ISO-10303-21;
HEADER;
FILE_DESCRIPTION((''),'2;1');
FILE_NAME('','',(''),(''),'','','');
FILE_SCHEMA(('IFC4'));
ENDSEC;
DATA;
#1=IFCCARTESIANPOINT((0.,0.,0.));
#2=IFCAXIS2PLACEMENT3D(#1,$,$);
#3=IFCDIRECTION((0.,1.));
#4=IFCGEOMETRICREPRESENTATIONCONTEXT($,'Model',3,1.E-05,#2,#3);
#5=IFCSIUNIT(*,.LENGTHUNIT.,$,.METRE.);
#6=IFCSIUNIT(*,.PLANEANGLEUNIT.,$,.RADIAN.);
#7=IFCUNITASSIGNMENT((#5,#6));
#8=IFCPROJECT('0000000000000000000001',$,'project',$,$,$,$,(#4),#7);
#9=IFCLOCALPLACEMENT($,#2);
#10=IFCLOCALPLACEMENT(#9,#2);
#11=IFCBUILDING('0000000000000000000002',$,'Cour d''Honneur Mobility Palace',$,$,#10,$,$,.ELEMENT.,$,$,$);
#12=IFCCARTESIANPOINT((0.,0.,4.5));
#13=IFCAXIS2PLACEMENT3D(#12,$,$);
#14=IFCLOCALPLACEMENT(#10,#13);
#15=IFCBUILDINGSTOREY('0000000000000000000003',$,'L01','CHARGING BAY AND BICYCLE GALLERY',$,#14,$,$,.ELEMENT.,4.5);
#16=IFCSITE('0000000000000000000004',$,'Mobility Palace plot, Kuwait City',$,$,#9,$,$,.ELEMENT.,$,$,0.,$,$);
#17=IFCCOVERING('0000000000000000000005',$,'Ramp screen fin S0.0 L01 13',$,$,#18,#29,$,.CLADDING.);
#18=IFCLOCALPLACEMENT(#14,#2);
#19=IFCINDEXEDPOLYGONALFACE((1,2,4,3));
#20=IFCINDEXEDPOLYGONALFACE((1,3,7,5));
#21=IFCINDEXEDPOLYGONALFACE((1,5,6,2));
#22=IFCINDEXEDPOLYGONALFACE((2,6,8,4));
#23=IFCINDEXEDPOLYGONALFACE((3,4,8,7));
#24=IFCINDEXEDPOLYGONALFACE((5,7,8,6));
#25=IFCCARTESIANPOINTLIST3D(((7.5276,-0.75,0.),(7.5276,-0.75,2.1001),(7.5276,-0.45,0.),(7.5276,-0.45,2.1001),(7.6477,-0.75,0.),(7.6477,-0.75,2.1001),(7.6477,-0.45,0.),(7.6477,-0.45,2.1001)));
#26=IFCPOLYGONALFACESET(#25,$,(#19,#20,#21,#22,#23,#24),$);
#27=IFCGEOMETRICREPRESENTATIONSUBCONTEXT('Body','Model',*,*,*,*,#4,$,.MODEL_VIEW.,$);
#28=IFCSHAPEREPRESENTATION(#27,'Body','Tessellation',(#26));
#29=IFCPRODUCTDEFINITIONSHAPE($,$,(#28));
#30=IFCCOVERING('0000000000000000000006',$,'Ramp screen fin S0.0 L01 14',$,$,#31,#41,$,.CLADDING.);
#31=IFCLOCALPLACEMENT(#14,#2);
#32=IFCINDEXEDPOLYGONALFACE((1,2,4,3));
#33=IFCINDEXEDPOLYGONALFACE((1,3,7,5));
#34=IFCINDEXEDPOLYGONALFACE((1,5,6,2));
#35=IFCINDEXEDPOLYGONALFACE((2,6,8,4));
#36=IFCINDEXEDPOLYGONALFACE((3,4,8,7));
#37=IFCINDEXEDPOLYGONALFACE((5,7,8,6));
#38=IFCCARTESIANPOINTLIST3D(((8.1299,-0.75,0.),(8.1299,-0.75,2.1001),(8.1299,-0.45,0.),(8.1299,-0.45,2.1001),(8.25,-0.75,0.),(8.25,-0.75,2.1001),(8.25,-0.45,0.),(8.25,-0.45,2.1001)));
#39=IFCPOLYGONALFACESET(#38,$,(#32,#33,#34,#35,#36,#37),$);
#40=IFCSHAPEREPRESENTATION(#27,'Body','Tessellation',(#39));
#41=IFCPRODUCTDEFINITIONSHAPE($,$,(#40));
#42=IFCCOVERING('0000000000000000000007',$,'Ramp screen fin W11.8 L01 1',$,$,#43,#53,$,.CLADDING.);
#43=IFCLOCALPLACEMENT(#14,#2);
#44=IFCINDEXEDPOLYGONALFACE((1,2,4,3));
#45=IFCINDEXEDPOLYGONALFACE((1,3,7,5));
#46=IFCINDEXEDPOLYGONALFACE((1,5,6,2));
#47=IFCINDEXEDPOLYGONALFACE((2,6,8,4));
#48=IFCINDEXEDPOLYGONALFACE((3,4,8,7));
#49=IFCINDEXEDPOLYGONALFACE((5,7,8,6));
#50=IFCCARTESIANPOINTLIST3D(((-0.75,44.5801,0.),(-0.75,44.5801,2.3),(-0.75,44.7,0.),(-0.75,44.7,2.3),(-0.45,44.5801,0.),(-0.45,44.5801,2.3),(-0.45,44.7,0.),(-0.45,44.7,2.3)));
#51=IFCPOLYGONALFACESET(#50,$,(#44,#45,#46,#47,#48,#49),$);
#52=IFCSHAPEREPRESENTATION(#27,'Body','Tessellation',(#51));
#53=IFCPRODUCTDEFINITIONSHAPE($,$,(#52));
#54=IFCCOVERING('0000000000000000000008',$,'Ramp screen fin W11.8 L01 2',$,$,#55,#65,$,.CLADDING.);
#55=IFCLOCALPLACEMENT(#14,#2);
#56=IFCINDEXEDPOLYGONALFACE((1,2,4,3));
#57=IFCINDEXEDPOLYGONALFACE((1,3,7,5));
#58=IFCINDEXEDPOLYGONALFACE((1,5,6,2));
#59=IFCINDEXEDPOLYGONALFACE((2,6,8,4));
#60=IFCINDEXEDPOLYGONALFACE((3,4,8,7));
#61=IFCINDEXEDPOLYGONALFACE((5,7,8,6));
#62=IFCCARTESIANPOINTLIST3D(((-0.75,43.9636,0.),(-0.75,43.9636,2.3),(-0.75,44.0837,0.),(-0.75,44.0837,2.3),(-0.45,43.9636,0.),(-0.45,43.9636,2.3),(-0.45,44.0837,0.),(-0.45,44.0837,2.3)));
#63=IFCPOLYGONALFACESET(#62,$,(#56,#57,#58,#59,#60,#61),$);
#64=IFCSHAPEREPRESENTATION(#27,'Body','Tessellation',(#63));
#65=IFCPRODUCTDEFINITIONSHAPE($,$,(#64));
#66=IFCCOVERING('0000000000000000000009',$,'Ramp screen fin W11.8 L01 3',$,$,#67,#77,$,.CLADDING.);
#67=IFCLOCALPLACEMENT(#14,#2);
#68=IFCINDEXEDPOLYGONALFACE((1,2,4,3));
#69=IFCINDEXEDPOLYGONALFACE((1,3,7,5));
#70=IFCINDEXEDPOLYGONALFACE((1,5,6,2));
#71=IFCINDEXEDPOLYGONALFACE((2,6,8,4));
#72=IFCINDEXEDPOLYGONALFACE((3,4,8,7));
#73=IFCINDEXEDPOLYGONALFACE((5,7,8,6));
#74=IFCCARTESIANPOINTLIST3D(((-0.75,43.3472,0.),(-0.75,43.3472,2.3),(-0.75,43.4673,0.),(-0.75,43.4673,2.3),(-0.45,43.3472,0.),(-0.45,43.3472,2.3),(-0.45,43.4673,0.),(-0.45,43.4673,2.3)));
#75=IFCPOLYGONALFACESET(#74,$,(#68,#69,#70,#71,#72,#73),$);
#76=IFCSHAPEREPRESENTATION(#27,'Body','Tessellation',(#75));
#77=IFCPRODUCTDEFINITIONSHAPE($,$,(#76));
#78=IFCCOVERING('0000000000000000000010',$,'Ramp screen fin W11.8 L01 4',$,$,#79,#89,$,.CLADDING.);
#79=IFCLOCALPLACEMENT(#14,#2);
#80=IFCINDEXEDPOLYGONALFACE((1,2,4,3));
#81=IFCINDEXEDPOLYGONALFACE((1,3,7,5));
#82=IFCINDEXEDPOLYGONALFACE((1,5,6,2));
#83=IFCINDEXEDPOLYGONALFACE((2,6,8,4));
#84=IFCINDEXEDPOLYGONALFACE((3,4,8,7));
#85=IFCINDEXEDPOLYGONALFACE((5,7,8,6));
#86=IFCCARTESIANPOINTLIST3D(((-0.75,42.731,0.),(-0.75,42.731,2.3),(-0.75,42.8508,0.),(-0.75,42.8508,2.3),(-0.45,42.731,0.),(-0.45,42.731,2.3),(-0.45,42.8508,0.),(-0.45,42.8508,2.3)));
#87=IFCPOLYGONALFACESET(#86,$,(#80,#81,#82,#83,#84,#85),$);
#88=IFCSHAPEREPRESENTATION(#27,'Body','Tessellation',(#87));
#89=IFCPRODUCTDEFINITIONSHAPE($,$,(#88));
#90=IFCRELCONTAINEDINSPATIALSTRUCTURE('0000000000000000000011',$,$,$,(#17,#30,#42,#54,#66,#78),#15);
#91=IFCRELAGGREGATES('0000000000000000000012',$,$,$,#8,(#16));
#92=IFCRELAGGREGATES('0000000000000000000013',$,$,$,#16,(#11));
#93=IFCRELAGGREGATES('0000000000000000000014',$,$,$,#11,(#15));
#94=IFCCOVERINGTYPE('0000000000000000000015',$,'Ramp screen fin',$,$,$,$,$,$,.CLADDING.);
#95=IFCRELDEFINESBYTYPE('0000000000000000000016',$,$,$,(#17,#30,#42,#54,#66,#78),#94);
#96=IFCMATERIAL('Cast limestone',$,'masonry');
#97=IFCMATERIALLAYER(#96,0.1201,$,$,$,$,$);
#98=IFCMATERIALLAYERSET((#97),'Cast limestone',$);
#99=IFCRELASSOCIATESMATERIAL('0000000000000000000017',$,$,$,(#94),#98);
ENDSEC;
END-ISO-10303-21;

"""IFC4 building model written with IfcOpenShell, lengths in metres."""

from ifc_helpers import new_model, si_unit, direction, frame, origin, place, context, subcontext, project, spatial, polyline, outline, extrude, material, layer, layer_set, type_object, element, save


model = new_model("IFC4")

# Units and contexts
model_context = context("Model", 3, precision=1e-05, world=origin(), true_north=direction((0.0, 1.0)))
body_context = subcontext(model_context, "Body", "Model", "MODEL_VIEW")
ifc_project = project(units=[si_unit("LENGTHUNIT", "METRE"), si_unit("PLANEANGLEUNIT", "RADIAN")], contexts=[model_context])

# Site, building, storey
site_placement = place(None, origin())
site = spatial("IfcSite", under=ifc_project, at=site_placement, Name="Mobility Palace plot, Kuwait City", CompositionType="ELEMENT", RefElevation=0.0)
building_placement = place(site_placement, origin())
building = spatial("IfcBuilding", under=site, at=building_placement, Name="Cour d'Honneur Mobility Palace", CompositionType="ELEMENT")
storey_placement = place(building_placement, frame((0.0, 0.0, 4.5)))
storey = spatial("IfcBuildingStorey", under=building, at=storey_placement, Name="L01", Description="CHARGING BAY AND BICYCLE GALLERY", CompositionType="ELEMENT", Elevation=4.5)

# Coverings
ifc_material = material(Name="Cast limestone", Category="masonry")
ifc_layer = layer(ifc_material, 0.1201)
ifc_layer_set = layer_set([ifc_layer], Name="Cast limestone")
covering_type = type_object("IfcCoveringType", Name="Ramp screen fin", PredefinedType="CLADDING", material=ifc_layer_set)
covering_1_placement = place(storey_placement, origin())
element("IfcCovering", 1, at=covering_1_placement, inside=storey, type_object=covering_type, Name="Ramp screen fin S0.0 L01 13", PredefinedType="CLADDING", context=body_context, shape_type="SweptSolid", body=[
    extrude(outline(polyline([(7.5276, -0.45), (7.6477, -0.45), (7.6477, -0.75), (7.5276, -0.75), (7.5276, -0.45)])), origin(), (0.0, 0.0, 1.0), 2.1001),
])
covering_2_placement = place(storey_placement, origin())
element("IfcCovering", 2, at=covering_2_placement, inside=storey, type_object=covering_type, Name="Ramp screen fin S0.0 L01 14", PredefinedType="CLADDING", context=body_context, shape_type="SweptSolid", body=[
    extrude(outline(polyline([(8.1299, -0.45), (8.25, -0.45), (8.25, -0.75), (8.1299, -0.75), (8.1299, -0.45)])), origin(), (0.0, 0.0, 1.0), 2.1001),
])
covering_3_placement = place(storey_placement, origin())
element("IfcCovering", 3, at=covering_3_placement, inside=storey, type_object=covering_type, Name="Ramp screen fin W11.8 L01 1", PredefinedType="CLADDING", context=body_context, shape_type="SweptSolid", body=[
    extrude(outline(polyline([(-0.45, 44.7), (-0.45, 44.5801), (-0.75, 44.5801), (-0.75, 44.7), (-0.45, 44.7)])), origin(), (0.0, 0.0, 1.0), 2.3),
])
covering_4_placement = place(storey_placement, origin())
element("IfcCovering", 4, at=covering_4_placement, inside=storey, type_object=covering_type, Name="Ramp screen fin W11.8 L01 2", PredefinedType="CLADDING", context=body_context, shape_type="SweptSolid", body=[
    extrude(outline(polyline([(-0.45, 44.0837), (-0.45, 43.9636), (-0.75, 43.9636), (-0.75, 44.0837), (-0.45, 44.0837)])), origin(), (0.0, 0.0, 1.0), 2.3),
])
covering_5_placement = place(storey_placement, origin())
element("IfcCovering", 5, at=covering_5_placement, inside=storey, type_object=covering_type, Name="Ramp screen fin W11.8 L01 3", PredefinedType="CLADDING", context=body_context, shape_type="SweptSolid", body=[
    extrude(outline(polyline([(-0.45, 43.4673), (-0.45, 43.3472), (-0.75, 43.3472), (-0.75, 43.4673), (-0.45, 43.4673)])), origin(), (0.0, 0.0, 1.0), 2.3),
])
covering_6_placement = place(storey_placement, origin())
element("IfcCovering", 6, at=covering_6_placement, inside=storey, type_object=covering_type, Name="Ramp screen fin W11.8 L01 4", PredefinedType="CLADDING", context=body_context, shape_type="SweptSolid", body=[
    extrude(outline(polyline([(-0.45, 42.8508), (-0.45, 42.731), (-0.75, 42.731), (-0.75, 42.8508), (-0.45, 42.8508)])), origin(), (0.0, 0.0, 1.0), 2.3),
])

save(model, "model.ifc")
